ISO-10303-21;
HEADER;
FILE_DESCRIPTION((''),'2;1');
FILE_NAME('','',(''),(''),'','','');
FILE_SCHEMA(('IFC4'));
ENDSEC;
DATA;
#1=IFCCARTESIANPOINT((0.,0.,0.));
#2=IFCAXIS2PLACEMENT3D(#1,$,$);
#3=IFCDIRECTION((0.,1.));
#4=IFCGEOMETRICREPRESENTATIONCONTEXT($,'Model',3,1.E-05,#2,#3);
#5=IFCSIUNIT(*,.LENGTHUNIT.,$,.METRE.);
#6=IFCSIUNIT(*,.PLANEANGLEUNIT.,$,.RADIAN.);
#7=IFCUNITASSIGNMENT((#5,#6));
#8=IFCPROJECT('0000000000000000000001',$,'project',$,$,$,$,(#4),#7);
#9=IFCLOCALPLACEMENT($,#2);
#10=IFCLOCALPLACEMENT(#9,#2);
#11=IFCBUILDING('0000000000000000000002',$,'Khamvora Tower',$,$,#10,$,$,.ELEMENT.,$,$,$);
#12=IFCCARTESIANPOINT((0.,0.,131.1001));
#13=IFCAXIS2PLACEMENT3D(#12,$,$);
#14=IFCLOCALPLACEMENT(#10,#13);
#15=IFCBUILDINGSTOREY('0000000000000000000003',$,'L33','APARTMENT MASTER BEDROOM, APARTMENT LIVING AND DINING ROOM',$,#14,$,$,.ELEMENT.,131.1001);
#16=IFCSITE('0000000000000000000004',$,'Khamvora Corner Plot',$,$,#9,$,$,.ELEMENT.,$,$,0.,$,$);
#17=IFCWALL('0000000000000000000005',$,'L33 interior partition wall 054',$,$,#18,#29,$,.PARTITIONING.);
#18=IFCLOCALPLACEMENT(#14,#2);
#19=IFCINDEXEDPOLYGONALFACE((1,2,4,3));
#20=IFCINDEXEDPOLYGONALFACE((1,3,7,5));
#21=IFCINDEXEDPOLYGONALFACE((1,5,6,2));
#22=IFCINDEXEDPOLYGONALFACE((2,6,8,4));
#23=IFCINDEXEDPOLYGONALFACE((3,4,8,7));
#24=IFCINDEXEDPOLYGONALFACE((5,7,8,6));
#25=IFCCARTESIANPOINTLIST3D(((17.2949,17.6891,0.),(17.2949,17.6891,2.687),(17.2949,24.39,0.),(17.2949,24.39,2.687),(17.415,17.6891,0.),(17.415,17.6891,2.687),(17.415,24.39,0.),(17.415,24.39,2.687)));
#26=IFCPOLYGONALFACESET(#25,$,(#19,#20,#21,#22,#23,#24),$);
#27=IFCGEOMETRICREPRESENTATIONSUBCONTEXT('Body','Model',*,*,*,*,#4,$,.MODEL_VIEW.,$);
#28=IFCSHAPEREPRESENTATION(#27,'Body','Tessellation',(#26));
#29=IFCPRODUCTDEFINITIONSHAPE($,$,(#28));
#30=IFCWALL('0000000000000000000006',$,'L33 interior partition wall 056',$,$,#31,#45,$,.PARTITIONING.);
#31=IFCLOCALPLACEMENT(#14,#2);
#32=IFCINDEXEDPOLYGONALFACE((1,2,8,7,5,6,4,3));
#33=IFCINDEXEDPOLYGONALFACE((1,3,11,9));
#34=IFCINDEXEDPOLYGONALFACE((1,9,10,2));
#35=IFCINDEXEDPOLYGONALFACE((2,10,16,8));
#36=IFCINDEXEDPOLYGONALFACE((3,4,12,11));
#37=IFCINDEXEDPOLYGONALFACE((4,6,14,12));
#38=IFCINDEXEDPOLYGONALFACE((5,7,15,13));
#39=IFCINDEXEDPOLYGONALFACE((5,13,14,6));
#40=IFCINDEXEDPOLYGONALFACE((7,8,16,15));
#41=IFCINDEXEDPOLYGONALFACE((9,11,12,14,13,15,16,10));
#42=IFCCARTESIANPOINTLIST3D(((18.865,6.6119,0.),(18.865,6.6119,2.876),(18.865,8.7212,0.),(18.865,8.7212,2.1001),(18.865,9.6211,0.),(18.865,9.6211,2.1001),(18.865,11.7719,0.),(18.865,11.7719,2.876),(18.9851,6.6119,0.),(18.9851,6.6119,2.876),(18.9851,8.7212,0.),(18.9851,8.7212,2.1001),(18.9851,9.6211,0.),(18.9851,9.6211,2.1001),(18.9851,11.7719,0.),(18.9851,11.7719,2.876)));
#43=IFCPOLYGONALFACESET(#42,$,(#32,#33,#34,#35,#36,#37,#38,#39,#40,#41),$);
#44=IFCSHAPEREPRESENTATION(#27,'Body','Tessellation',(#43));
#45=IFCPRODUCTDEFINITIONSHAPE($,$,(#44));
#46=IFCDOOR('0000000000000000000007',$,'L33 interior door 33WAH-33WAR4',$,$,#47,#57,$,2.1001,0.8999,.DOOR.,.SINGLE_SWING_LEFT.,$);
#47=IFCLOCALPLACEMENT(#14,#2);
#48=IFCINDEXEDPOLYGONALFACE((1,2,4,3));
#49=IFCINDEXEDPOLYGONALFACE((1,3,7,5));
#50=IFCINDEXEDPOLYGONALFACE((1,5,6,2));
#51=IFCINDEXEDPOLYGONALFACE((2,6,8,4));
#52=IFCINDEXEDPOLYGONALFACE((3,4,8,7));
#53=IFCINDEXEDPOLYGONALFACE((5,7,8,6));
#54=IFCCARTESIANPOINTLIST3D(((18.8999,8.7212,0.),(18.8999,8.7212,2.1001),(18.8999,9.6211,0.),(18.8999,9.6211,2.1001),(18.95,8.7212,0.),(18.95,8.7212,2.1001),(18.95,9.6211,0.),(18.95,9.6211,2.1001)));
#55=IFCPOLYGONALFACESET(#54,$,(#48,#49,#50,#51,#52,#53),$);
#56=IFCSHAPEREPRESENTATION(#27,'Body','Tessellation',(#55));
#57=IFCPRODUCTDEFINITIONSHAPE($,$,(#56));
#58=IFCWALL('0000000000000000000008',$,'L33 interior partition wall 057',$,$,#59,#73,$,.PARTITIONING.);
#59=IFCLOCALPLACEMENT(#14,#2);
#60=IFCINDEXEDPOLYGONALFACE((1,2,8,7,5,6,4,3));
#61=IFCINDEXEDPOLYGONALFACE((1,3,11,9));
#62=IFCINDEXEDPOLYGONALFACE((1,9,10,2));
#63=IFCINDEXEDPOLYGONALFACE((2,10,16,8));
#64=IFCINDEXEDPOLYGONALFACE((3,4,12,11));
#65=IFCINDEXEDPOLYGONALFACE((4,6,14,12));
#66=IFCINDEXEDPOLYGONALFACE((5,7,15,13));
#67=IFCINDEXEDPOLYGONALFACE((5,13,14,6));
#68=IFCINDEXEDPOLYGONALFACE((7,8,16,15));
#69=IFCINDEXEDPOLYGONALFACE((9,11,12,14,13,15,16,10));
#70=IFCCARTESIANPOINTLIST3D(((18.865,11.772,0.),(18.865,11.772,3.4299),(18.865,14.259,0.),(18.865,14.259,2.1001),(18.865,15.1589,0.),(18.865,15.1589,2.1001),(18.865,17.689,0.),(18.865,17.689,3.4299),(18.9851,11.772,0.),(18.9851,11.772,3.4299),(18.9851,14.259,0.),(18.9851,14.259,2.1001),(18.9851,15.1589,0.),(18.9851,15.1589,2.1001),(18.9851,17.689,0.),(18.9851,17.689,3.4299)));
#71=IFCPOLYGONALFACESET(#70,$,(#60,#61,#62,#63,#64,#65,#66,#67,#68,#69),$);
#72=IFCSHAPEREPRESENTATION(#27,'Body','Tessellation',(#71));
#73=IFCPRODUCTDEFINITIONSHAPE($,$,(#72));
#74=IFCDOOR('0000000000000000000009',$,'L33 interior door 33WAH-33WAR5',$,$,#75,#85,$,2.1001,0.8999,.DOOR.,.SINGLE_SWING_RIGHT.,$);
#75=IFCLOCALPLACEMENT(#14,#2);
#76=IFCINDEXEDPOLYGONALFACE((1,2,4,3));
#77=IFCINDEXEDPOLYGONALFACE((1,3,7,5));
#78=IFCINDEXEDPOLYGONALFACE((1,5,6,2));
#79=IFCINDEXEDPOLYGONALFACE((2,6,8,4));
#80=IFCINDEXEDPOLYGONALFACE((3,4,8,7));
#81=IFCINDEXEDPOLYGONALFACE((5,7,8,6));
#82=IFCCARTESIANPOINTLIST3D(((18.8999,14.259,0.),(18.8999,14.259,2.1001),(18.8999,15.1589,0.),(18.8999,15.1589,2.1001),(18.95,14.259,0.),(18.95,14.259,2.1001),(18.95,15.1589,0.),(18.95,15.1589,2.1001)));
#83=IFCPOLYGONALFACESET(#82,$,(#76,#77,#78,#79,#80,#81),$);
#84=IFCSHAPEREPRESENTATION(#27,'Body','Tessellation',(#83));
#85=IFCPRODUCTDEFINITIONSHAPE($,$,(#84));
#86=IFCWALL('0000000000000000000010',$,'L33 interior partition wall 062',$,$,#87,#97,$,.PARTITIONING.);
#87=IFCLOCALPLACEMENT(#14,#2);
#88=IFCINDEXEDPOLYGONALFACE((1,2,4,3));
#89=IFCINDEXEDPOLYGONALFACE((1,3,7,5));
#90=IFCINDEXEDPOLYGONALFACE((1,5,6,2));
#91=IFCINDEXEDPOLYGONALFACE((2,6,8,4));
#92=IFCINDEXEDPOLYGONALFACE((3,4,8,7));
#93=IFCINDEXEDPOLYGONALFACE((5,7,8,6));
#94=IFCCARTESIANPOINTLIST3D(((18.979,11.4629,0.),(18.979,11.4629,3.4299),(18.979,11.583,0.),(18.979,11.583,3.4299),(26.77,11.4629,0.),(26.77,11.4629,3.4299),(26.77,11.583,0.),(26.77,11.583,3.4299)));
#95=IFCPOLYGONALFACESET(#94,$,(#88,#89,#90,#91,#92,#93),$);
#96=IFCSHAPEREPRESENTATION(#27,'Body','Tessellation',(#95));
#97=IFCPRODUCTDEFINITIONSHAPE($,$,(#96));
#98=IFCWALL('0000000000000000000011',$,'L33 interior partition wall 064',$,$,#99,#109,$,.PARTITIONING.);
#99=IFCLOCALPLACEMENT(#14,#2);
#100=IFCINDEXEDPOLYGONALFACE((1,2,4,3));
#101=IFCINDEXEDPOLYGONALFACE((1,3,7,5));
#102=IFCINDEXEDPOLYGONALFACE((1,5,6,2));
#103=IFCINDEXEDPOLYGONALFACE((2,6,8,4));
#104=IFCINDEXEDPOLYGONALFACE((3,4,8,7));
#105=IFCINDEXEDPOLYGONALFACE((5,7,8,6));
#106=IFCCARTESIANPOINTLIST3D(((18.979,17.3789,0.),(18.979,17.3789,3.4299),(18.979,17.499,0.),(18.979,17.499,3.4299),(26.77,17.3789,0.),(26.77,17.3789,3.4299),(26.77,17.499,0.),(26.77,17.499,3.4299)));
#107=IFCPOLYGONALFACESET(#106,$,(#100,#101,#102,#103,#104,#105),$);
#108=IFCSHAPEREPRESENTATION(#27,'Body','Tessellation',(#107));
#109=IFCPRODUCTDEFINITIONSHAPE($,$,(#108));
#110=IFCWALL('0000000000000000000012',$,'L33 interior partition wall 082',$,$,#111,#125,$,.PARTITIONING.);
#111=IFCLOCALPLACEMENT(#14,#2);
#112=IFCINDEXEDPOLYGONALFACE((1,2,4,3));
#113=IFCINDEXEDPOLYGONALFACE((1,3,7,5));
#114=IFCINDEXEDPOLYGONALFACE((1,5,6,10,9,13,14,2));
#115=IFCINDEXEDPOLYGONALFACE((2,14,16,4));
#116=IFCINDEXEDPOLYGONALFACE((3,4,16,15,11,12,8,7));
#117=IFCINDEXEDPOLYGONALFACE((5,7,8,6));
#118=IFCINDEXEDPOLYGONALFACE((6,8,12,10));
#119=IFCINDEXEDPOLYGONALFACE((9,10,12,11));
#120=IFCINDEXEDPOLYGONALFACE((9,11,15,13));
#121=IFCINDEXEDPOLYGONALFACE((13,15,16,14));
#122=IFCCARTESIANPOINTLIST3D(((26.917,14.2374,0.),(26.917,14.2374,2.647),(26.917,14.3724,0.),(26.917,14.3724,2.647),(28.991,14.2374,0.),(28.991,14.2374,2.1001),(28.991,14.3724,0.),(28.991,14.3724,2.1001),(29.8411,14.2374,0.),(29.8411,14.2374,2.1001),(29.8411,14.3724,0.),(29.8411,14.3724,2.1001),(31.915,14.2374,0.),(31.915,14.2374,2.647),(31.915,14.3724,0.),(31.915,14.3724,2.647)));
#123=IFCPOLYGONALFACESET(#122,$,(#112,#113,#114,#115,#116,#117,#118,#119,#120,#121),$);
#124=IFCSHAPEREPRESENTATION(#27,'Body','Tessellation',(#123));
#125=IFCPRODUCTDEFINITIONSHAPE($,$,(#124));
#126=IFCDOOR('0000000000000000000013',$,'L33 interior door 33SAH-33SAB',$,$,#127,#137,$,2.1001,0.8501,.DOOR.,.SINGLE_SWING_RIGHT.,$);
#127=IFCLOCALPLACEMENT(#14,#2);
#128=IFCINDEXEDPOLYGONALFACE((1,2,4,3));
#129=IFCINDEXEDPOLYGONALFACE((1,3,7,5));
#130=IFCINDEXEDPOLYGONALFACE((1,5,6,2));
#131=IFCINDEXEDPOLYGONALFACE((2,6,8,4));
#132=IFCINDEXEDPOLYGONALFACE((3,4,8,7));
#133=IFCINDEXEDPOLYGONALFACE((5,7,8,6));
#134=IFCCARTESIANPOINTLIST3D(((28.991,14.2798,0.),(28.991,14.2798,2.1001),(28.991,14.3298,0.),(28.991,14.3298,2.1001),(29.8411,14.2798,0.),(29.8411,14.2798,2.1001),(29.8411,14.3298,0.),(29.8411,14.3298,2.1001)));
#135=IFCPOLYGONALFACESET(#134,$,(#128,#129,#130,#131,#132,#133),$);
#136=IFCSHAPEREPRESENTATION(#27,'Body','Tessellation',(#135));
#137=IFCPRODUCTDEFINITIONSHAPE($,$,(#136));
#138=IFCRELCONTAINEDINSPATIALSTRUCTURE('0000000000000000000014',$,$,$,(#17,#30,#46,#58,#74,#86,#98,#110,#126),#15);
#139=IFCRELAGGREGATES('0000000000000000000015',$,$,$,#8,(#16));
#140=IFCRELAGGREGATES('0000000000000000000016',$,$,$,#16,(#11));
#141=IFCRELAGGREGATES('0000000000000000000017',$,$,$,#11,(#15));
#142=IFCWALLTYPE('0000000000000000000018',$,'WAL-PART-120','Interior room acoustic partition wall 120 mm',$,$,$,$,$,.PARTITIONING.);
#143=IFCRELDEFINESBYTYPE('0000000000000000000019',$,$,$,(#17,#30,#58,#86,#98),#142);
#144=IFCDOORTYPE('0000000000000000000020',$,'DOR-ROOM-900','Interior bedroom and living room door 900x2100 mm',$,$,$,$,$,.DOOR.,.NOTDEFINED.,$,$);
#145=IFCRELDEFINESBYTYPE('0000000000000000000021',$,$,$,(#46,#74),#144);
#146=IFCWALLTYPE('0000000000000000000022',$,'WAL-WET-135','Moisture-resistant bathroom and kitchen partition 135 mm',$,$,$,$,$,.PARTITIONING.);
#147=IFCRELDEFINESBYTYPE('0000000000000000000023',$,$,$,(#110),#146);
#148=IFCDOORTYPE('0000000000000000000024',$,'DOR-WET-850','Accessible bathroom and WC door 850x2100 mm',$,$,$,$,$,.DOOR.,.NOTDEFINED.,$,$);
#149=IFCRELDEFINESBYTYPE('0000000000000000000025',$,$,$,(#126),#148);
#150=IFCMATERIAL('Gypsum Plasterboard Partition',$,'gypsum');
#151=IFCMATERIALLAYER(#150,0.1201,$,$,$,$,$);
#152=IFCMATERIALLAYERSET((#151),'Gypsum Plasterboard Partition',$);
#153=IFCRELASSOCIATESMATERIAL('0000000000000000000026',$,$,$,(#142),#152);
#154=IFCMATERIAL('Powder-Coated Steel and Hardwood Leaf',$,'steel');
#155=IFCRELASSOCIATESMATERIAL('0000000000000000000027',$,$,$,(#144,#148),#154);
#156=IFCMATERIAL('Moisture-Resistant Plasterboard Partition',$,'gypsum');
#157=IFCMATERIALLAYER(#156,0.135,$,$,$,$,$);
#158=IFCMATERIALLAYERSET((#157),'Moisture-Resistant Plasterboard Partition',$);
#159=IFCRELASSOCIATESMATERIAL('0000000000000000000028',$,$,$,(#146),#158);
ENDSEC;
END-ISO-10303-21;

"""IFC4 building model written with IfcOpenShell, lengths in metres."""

from ifc_helpers import new_model, si_unit, direction, frame, frame_2d, origin, place, context, subcontext, project, spatial, rectangle, extrude, material, layer, layer_set, type_object, element, fill, save


model = new_model("IFC4")

# Units and contexts
model_context = context("Model", 3, precision=1e-05, world=origin(), true_north=direction((0.0, 1.0)))
body_context = subcontext(model_context, "Body", "Model", "MODEL_VIEW")
ifc_project = project(units=[si_unit("LENGTHUNIT", "METRE"), si_unit("PLANEANGLEUNIT", "RADIAN")], contexts=[model_context])

# Site, building, storey
site_placement = place(None, origin())
site = spatial("IfcSite", under=ifc_project, at=site_placement, Name="Khamvora Corner Plot", CompositionType="ELEMENT", RefElevation=0.0)
building_placement = place(site_placement, origin())
building = spatial("IfcBuilding", under=site, at=building_placement, Name="Khamvora Tower", CompositionType="ELEMENT")
storey_placement = place(building_placement, frame((0.0, 0.0, 131.1001)))
storey = spatial("IfcBuildingStorey", under=building, at=storey_placement, Name="L33", Description="APARTMENT MASTER BEDROOM, APARTMENT LIVING AND DINING ROOM", CompositionType="ELEMENT", Elevation=131.1001)

# Wall
ifc_material_1 = material(Name="Gypsum Plasterboard Partition", Category="gypsum")
ifc_layer_1 = layer(ifc_material_1, 0.1201)
ifc_layer_set_1 = layer_set([ifc_layer_1], Name="Gypsum Plasterboard Partition")
wall_type_1 = type_object("IfcWallType", Name="WAL-PART-120", Description="Interior room acoustic partition wall 120 mm", PredefinedType="PARTITIONING", material=ifc_layer_set_1)
wall_1_placement = place(storey_placement, frame((17.355, 17.689, 0.0), z_axis=(0.0, 0.0, 1.0), x_axis=(0.0, 1.0, 0.0)))
element("IfcWall", 1, at=wall_1_placement, inside=storey, type_object=wall_type_1, Name="L33 interior partition wall 054", PredefinedType="PARTITIONING", context=body_context, shape_type="SweptSolid", body=[
    extrude(rectangle(XDim=6.7009, YDim=0.1201, at=frame_2d((3.3506, 0.0))), origin(), (0.0, 0.0, 1.0), 2.687),
])

# Walls, openings, doors
wall_2_placement = place(storey_placement, frame((18.925, 11.772, 0.0), z_axis=(0.0, 0.0, 1.0), x_axis=(0.0, -1.0, 0.0)))
wall_2 = element("IfcWall", 2, at=wall_2_placement, inside=storey, type_object=wall_type_1, Name="L33 interior partition wall 056", PredefinedType="PARTITIONING", context=body_context, shape_type="SweptSolid", body=[
    extrude(rectangle(XDim=5.1599, YDim=0.1201, at=frame_2d((2.5801, 0.0))), origin(), (0.0, 0.0, 1.0), 2.876),
])
opening_1_placement = place(wall_2_placement, frame((2.1509, 0.0, 0.0)))
opening_1 = element("IfcOpeningElement", 3, at=opening_1_placement, cuts=wall_2, PredefinedType="OPENING", context=body_context, shape_type="SweptSolid", body=[
    extrude(rectangle(XDim=0.8999, YDim=2.1001, at=frame_2d((0.45, 1.05))), frame((0.0, 0.0701, 0.0), z_axis=(0.0, -1.0, 0.0), x_axis=(1.0, 0.0, 0.0)), (0.0, 0.0, 1.0), 0.1401),
])
ifc_material_2 = material(Name="Powder-Coated Steel and Hardwood Leaf", Category="steel")
door_type_1 = type_object("IfcDoorType", Name="DOR-ROOM-900", Description="Interior bedroom and living room door 900x2100 mm", OperationType="NOTDEFINED", PredefinedType="DOOR", material=ifc_material_2)
door_1_placement = place(opening_1_placement, origin())
door_1 = element("IfcDoor", 4, at=door_1_placement, inside=storey, type_object=door_type_1, Name="L33 interior door 33WAH-33WAR4", OperationType="SINGLE_SWING_LEFT", OverallHeight=2.1001, OverallWidth=0.8999, PredefinedType="DOOR", context=body_context, shape_type="SweptSolid", body=[
    extrude(rectangle(XDim=0.8999, YDim=2.1001, at=frame_2d((0.45, 1.05))), frame((0.0, 0.0249, 0.0), z_axis=(0.0, -1.0, 0.0), x_axis=(1.0, 0.0, 0.0)), (0.0, 0.0, 1.0), 0.05),
])
fill(opening_1, door_1)
wall_3_placement = place(storey_placement, frame((18.925, 17.689, 0.0), z_axis=(0.0, 0.0, 1.0), x_axis=(0.0, -1.0, 0.0)))
wall_3 = element("IfcWall", 5, at=wall_3_placement, inside=storey, type_object=wall_type_1, Name="L33 interior partition wall 057", PredefinedType="PARTITIONING", context=body_context, shape_type="SweptSolid", body=[
    extrude(rectangle(XDim=5.917, YDim=0.1201, at=frame_2d((2.9585, 0.0))), origin(), (0.0, 0.0, 1.0), 3.4299),
])
opening_2_placement = place(wall_3_placement, frame((2.53, 0.0, 0.0)))
opening_2 = element("IfcOpeningElement", 6, at=opening_2_placement, cuts=wall_3, PredefinedType="OPENING", context=body_context, shape_type="SweptSolid", body=[
    extrude(rectangle(XDim=0.8999, YDim=2.1001, at=frame_2d((0.45, 1.05))), frame((0.0, 0.0701, 0.0), z_axis=(0.0, -1.0, 0.0), x_axis=(1.0, 0.0, 0.0)), (0.0, 0.0, 1.0), 0.1401),
])
door_2_placement = place(opening_2_placement, origin())
door_2 = element("IfcDoor", 7, at=door_2_placement, inside=storey, type_object=door_type_1, Name="L33 interior door 33WAH-33WAR5", OperationType="SINGLE_SWING_RIGHT", OverallHeight=2.1001, OverallWidth=0.8999, PredefinedType="DOOR", context=body_context, shape_type="SweptSolid", body=[
    extrude(rectangle(XDim=0.8999, YDim=2.1001, at=frame_2d((0.45, 1.05))), frame((0.0, 0.0249, 0.0), z_axis=(0.0, -1.0, 0.0), x_axis=(1.0, 0.0, 0.0)), (0.0, 0.0, 1.0), 0.05),
])
fill(opening_2, door_2)

# Walls
for number, where, z_axis, x_axis, name in (
    (8, (18.979, 11.5229, 0.0), (0.0, 0.0, 1.0), (1.0, 0.0, 0.0), "L33 interior partition wall 062"),
    (9, (18.979, 17.439, 0.0), (0.0, 0.0, 1.0), (1.0, 0.0, 0.0), "L33 interior partition wall 064"),
):
    element("IfcWall", number, at=place(storey_placement, frame(where, z_axis=z_axis, x_axis=x_axis)), inside=storey, type_object=wall_type_1, Name=name, PredefinedType="PARTITIONING", context=body_context, shape_type="SweptSolid", body=[
        extrude(rectangle(XDim=7.791, YDim=0.1201, at=frame_2d((3.8955, 0.0))), origin(), (0.0, 0.0, 1.0), 3.4299),
    ])

# Wall, opening, door
ifc_material_3 = material(Name="Moisture-Resistant Plasterboard Partition", Category="gypsum")
ifc_layer_2 = layer(ifc_material_3, 0.135)
ifc_layer_set_2 = layer_set([ifc_layer_2], Name="Moisture-Resistant Plasterboard Partition")
wall_type_2 = type_object("IfcWallType", Name="WAL-WET-135", Description="Moisture-resistant bathroom and kitchen partition 135 mm", PredefinedType="PARTITIONING", material=ifc_layer_set_2)
wall_4_placement = place(storey_placement, frame((26.917, 14.3049, 0.0), z_axis=(0.0, 0.0, 1.0), x_axis=(1.0, 0.0, 0.0)))
wall_4 = element("IfcWall", 10, at=wall_4_placement, inside=storey, type_object=wall_type_2, Name="L33 interior partition wall 082", PredefinedType="PARTITIONING", context=body_context, shape_type="SweptSolid", body=[
    extrude(rectangle(XDim=4.998, YDim=0.135, at=frame_2d((2.499, 0.0))), origin(), (0.0, 0.0, 1.0), 2.647),
])
opening_3_placement = place(wall_4_placement, frame((2.074, 0.0, 0.0)))
opening_3 = element("IfcOpeningElement", 11, at=opening_3_placement, cuts=wall_4, PredefinedType="OPENING", context=body_context, shape_type="SweptSolid", body=[
    extrude(rectangle(XDim=0.8501, YDim=2.1001, at=frame_2d((0.425, 1.05))), frame((0.0, 0.0774, 0.0), z_axis=(0.0, -1.0, 0.0), x_axis=(1.0, 0.0, 0.0)), (0.0, 0.0, 1.0), 0.155),
])
door_type_2 = type_object("IfcDoorType", Name="DOR-WET-850", Description="Accessible bathroom and WC door 850x2100 mm", OperationType="NOTDEFINED", PredefinedType="DOOR", material=ifc_material_2)
door_3_placement = place(opening_3_placement, origin())
door_3 = element("IfcDoor", 12, at=door_3_placement, inside=storey, type_object=door_type_2, Name="L33 interior door 33SAH-33SAB", OperationType="SINGLE_SWING_RIGHT", OverallHeight=2.1001, OverallWidth=0.8501, PredefinedType="DOOR", context=body_context, shape_type="SweptSolid", body=[
    extrude(rectangle(XDim=0.8501, YDim=2.1001, at=frame_2d((0.425, 1.05))), frame((0.0, 0.0249, 0.0), z_axis=(0.0, -1.0, 0.0), x_axis=(1.0, 0.0, 0.0)), (0.0, 0.0, 1.0), 0.05),
])
fill(opening_3, door_3)

save(model, "model.ifc")
